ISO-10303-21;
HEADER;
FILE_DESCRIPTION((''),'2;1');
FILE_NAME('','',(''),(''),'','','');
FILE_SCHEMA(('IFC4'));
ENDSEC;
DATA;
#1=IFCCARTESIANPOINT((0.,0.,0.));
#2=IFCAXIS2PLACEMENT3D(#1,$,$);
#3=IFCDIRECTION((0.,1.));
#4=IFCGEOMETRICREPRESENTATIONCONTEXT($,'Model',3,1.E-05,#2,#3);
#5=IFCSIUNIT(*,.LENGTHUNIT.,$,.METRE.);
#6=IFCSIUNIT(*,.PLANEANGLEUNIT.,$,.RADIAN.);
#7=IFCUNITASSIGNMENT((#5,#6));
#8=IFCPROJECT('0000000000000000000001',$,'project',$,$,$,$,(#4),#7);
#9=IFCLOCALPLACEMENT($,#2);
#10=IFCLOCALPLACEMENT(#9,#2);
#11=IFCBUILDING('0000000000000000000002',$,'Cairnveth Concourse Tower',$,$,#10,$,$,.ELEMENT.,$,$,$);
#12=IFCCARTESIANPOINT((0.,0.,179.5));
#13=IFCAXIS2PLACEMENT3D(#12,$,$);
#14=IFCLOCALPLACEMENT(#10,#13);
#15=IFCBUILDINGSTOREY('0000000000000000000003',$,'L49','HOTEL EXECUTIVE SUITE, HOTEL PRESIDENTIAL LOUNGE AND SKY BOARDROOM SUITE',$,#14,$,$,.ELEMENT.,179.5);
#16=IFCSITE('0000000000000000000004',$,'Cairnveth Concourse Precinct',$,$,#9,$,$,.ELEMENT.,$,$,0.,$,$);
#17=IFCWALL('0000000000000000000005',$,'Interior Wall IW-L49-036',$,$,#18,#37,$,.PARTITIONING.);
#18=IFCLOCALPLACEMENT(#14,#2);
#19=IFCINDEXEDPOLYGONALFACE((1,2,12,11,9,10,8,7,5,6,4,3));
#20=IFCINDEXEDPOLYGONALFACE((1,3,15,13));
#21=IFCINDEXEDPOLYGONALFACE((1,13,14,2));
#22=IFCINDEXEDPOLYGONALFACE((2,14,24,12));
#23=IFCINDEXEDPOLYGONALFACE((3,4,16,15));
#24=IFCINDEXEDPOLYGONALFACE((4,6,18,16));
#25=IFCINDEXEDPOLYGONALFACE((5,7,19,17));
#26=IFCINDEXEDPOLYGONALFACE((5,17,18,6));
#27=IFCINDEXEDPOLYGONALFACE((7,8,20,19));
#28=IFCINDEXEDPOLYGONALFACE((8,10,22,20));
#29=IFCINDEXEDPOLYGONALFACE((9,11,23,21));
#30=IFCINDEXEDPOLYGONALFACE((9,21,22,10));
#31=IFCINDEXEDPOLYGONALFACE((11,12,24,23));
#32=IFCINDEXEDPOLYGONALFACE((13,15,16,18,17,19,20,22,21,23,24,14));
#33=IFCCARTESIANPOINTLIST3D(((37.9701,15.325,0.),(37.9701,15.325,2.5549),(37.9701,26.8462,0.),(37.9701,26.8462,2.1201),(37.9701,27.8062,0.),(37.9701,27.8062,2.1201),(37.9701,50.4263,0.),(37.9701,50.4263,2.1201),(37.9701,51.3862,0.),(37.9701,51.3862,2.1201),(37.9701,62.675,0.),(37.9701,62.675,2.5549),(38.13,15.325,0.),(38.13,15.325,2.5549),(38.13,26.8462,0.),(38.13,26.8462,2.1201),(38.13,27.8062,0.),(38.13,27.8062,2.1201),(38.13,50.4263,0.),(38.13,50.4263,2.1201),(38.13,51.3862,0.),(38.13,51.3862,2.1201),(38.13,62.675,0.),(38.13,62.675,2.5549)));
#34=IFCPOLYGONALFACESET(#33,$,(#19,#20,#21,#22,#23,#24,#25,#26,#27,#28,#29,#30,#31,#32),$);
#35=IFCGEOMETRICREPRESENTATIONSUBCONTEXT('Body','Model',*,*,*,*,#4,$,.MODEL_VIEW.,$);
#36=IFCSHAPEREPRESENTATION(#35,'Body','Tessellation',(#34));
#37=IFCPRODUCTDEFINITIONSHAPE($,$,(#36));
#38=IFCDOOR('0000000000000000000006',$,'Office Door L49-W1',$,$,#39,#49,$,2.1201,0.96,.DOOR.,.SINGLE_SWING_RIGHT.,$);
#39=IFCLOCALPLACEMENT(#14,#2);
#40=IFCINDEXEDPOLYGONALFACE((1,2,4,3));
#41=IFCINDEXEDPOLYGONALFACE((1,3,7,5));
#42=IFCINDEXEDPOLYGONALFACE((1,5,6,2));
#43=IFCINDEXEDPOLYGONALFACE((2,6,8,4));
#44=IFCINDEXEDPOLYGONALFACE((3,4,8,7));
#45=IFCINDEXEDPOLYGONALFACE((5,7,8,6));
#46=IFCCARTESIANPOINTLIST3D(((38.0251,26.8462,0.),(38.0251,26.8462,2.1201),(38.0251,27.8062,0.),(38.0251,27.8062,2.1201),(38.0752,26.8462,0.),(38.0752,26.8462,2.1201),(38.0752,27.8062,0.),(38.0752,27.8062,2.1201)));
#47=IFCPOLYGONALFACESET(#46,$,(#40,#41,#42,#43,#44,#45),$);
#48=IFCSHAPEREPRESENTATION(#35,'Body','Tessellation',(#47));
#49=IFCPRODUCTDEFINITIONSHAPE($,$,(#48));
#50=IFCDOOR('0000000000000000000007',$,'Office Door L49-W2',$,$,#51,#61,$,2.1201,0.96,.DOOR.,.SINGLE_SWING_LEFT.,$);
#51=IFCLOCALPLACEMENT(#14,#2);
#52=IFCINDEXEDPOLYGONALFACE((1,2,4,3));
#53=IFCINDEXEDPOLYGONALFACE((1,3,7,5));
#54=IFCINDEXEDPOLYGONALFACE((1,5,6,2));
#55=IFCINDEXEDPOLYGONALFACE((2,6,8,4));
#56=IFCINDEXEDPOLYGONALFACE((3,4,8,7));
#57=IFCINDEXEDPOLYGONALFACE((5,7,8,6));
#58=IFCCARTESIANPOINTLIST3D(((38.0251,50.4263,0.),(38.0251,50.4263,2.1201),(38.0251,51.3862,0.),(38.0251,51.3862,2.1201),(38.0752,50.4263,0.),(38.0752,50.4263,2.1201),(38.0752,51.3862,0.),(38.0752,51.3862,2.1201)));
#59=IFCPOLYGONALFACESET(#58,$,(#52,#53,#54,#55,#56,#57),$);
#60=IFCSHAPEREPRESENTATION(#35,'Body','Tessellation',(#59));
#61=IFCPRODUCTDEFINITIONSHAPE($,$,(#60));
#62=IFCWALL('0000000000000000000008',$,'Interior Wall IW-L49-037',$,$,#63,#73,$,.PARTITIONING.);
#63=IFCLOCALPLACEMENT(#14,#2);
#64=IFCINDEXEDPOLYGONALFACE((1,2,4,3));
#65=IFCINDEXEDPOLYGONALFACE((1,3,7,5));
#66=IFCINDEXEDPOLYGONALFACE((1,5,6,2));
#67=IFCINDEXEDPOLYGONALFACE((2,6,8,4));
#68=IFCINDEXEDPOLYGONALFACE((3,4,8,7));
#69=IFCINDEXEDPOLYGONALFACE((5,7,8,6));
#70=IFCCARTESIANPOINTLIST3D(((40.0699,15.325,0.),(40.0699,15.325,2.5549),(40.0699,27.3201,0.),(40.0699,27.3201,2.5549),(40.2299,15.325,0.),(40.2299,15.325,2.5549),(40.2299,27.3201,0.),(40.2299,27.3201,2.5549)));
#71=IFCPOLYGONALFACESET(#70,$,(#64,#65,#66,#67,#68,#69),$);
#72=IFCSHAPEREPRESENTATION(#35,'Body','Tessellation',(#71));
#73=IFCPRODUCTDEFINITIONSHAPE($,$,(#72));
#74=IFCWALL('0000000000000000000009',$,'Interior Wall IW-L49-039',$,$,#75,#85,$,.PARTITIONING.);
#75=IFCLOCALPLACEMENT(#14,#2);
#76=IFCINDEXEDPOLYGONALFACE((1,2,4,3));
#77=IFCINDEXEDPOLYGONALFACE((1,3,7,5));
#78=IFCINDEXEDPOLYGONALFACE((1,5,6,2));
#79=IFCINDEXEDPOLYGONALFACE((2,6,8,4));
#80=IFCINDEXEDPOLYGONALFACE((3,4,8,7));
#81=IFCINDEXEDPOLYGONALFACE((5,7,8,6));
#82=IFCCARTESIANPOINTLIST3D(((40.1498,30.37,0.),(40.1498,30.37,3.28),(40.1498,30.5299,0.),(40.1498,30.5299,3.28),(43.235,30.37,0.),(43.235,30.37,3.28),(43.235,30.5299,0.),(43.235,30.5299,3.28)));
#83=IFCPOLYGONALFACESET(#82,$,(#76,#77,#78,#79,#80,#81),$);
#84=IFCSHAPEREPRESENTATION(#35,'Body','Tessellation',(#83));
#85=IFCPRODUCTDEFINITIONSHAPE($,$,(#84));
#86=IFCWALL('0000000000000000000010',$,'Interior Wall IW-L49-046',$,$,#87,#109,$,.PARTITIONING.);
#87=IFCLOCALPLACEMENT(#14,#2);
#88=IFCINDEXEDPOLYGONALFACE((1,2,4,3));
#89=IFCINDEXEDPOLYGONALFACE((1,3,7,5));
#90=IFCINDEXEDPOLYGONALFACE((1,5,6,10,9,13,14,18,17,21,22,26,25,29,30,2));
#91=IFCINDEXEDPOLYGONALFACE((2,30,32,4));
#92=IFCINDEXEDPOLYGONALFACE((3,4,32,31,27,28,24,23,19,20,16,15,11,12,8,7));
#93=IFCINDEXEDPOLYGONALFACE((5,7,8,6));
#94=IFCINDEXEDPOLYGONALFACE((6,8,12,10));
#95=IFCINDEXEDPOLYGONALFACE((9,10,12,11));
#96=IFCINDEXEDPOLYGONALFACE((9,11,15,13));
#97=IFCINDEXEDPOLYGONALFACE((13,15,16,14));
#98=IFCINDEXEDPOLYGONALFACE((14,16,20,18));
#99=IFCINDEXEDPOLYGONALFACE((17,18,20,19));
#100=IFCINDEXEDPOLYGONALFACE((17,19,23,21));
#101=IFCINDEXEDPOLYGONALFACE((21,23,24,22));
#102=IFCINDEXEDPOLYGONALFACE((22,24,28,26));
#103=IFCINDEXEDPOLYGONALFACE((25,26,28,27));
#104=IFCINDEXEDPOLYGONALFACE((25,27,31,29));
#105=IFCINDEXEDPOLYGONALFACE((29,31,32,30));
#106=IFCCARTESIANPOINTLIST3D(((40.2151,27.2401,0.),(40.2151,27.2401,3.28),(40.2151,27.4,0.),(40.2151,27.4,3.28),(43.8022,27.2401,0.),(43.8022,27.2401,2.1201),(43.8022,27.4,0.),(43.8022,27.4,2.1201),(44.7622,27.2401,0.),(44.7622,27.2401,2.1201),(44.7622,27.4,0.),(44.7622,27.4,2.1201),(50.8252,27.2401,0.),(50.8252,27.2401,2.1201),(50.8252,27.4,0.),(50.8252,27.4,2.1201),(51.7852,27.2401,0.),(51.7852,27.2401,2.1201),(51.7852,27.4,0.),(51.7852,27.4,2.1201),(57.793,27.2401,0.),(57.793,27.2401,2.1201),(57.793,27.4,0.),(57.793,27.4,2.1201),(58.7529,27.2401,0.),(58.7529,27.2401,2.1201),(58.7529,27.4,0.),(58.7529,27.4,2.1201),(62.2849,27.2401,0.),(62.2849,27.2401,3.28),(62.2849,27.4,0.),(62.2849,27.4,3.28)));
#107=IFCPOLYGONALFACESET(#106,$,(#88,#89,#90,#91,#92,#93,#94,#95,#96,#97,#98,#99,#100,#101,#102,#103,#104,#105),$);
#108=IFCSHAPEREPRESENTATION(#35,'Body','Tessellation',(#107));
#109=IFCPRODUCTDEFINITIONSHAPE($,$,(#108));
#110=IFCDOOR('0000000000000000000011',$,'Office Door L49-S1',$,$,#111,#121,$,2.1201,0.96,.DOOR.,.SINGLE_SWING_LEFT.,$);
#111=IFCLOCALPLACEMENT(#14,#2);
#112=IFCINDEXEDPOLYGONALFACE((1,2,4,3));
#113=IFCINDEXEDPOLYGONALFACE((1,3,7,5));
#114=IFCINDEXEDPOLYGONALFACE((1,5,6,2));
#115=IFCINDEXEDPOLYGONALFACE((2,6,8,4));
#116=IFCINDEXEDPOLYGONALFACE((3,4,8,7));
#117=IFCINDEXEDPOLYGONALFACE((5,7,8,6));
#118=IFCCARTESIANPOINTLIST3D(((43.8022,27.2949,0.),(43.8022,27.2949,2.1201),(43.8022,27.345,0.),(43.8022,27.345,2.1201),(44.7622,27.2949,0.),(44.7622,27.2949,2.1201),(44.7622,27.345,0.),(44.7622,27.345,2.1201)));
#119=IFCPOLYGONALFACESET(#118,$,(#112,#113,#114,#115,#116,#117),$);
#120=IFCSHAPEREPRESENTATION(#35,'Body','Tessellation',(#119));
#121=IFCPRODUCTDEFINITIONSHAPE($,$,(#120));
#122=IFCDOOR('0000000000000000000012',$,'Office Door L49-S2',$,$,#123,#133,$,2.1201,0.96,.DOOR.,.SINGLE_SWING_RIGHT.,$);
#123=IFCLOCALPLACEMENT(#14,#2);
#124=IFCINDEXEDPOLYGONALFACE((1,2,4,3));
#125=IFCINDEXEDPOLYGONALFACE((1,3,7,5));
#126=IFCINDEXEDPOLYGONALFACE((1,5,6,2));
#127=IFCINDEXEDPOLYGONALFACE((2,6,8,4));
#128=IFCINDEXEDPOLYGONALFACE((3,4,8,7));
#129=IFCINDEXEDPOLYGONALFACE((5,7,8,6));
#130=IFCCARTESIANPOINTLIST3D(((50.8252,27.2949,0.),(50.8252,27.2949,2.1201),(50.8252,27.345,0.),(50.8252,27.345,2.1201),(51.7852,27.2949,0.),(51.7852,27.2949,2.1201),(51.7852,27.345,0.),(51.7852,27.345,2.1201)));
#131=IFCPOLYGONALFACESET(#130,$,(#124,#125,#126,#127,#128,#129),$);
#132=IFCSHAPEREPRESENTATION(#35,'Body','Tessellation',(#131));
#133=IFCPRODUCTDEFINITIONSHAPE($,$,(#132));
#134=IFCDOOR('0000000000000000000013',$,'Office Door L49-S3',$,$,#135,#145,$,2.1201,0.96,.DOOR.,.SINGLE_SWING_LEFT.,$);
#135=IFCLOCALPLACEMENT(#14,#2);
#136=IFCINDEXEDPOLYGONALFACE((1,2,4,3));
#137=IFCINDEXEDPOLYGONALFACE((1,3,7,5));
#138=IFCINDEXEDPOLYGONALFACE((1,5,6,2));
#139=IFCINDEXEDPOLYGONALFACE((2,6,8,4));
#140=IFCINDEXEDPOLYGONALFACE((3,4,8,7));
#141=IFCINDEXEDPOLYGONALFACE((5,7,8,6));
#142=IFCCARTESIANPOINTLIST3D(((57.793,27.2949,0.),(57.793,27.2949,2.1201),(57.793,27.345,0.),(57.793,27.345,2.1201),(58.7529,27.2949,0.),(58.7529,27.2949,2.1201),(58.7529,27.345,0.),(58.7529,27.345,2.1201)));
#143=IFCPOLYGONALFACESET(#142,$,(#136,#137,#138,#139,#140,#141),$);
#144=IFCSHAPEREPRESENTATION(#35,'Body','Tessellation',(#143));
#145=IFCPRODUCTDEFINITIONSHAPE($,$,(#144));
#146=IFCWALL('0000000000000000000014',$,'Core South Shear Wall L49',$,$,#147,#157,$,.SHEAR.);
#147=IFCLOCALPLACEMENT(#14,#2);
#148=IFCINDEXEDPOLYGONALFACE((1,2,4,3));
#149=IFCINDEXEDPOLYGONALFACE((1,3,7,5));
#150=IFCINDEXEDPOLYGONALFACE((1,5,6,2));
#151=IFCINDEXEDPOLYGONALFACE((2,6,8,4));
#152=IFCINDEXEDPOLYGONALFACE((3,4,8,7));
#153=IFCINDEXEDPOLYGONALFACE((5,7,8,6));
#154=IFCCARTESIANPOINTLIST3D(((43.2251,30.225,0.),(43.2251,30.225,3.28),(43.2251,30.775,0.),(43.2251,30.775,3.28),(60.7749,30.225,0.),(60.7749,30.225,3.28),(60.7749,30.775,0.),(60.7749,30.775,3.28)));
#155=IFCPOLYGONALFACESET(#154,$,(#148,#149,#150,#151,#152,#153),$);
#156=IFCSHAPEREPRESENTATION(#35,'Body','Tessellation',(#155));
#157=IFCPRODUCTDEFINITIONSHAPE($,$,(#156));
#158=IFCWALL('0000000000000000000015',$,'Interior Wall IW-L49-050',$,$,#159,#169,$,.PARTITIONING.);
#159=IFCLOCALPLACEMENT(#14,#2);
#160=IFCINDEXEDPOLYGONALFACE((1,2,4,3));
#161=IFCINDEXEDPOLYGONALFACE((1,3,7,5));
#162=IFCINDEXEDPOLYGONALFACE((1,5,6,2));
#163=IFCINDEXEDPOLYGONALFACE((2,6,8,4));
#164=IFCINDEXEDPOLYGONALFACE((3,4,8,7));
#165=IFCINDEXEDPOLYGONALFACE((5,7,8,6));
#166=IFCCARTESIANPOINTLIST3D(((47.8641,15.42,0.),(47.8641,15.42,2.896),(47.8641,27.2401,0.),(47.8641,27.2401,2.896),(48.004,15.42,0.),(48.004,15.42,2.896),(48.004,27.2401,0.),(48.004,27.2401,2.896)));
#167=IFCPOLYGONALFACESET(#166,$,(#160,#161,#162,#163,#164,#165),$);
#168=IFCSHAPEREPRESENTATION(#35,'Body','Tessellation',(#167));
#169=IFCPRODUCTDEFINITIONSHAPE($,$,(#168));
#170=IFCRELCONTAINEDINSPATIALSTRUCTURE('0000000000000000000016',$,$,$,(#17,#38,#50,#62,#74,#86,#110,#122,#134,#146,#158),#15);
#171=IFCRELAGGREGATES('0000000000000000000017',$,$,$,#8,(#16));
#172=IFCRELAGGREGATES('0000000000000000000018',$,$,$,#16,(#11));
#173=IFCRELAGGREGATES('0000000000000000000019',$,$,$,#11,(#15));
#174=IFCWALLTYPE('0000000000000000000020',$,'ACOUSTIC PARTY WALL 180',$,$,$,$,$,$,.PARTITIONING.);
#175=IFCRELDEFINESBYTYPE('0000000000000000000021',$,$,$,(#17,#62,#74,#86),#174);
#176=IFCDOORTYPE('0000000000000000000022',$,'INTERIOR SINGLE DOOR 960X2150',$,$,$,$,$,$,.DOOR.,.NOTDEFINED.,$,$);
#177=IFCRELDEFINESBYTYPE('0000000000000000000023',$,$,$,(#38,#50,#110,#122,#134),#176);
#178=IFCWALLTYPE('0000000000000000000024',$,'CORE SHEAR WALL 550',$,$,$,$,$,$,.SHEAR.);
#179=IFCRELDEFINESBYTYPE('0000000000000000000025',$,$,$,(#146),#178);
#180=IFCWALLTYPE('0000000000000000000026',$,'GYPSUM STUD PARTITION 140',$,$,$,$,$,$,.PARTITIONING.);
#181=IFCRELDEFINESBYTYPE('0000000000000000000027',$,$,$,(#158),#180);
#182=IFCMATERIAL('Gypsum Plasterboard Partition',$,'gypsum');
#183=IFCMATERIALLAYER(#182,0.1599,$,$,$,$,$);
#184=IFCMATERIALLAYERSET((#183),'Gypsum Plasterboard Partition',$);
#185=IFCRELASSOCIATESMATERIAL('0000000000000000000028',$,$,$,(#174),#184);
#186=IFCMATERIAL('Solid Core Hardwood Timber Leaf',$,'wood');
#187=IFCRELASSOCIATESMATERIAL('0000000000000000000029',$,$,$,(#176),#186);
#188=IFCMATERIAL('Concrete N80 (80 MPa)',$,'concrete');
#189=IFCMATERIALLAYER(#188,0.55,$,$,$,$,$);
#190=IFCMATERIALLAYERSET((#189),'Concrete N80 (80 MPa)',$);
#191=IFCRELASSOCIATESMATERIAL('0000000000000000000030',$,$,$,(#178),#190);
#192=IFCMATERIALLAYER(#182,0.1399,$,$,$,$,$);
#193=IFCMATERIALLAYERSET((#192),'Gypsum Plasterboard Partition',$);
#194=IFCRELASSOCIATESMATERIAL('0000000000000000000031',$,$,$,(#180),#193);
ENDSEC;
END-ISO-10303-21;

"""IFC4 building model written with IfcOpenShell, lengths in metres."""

from ifc_helpers import new_model, si_unit, direction, frame, frame_2d, origin, place, context, subcontext, project, spatial, rectangle, extrude, material, layer, layer_set, type_object, element, fill, save


model = new_model("IFC4")

# Units and contexts
model_context = context("Model", 3, precision=1e-05, world=origin(), true_north=direction((0.0, 1.0)))
body_context = subcontext(model_context, "Body", "Model", "MODEL_VIEW")
ifc_project = project(units=[si_unit("LENGTHUNIT", "METRE"), si_unit("PLANEANGLEUNIT", "RADIAN")], contexts=[model_context])

# Site, building, storey
site_placement = place(None, origin())
site = spatial("IfcSite", under=ifc_project, at=site_placement, Name="Cairnveth Concourse Precinct", CompositionType="ELEMENT", RefElevation=0.0)
building_placement = place(site_placement, origin())
building = spatial("IfcBuilding", under=site, at=building_placement, Name="Cairnveth Concourse Tower", CompositionType="ELEMENT")
storey_placement = place(building_placement, frame((0.0, 0.0, 179.5)))
storey = spatial("IfcBuildingStorey", under=building, at=storey_placement, Name="L49", Description="HOTEL EXECUTIVE SUITE, HOTEL PRESIDENTIAL LOUNGE AND SKY BOARDROOM SUITE", CompositionType="ELEMENT", Elevation=179.5)

# Wall, openings, doors
ifc_material_1 = material(Name="Gypsum Plasterboard Partition", Category="gypsum")
ifc_layer_1 = layer(ifc_material_1, 0.1599)
ifc_layer_set_1 = layer_set([ifc_layer_1], Name="Gypsum Plasterboard Partition")
wall_type_1 = type_object("IfcWallType", Name="ACOUSTIC PARTY WALL 180", PredefinedType="PARTITIONING", material=ifc_layer_set_1)
wall_1_placement = place(storey_placement, frame((38.05, 15.325, 0.0), z_axis=(0.0, 0.0, 1.0), x_axis=(0.0, 1.0, 0.0)))
wall_1 = element("IfcWall", 1, at=wall_1_placement, inside=storey, type_object=wall_type_1, Name="Interior Wall IW-L49-036", PredefinedType="PARTITIONING", context=body_context, shape_type="SweptSolid", body=[
    extrude(rectangle(XDim=47.3501, YDim=0.1599, at=frame_2d((23.675, 0.0))), origin(), (0.0, 0.0, 1.0), 2.5549),
])
opening_1_placement = place(wall_1_placement, frame((11.5212, 0.0, 0.0)))
opening_1 = element("IfcOpeningElement", 2, at=opening_1_placement, cuts=wall_1, PredefinedType="OPENING", context=body_context, shape_type="SweptSolid", body=[
    extrude(rectangle(XDim=0.96, YDim=2.1201, at=frame_2d((0.48, 1.0601))), frame((0.0, 0.0898, 0.0), z_axis=(0.0, -1.0, 0.0), x_axis=(1.0, 0.0, 0.0)), (0.0, 0.0, 1.0), 0.1799),
])
opening_2_placement = place(wall_1_placement, frame((35.1013, 0.0, 0.0)))
opening_2 = element("IfcOpeningElement", 3, at=opening_2_placement, cuts=wall_1, PredefinedType="OPENING", context=body_context, shape_type="SweptSolid", body=[
    extrude(rectangle(XDim=0.96, YDim=2.1201, at=frame_2d((0.48, 1.0601))), frame((0.0, 0.0898, 0.0), z_axis=(0.0, -1.0, 0.0), x_axis=(1.0, 0.0, 0.0)), (0.0, 0.0, 1.0), 0.1799),
])
ifc_material_2 = material(Name="Solid Core Hardwood Timber Leaf", Category="wood")
door_type = type_object("IfcDoorType", Name="INTERIOR SINGLE DOOR 960X2150", OperationType="NOTDEFINED", PredefinedType="DOOR", material=ifc_material_2)
door_1_placement = place(opening_1_placement, origin())
door_1 = element("IfcDoor", 4, at=door_1_placement, inside=storey, type_object=door_type, Name="Office Door L49-W1", OperationType="SINGLE_SWING_RIGHT", OverallHeight=2.1201, OverallWidth=0.96, PredefinedType="DOOR", context=body_context, shape_type="SweptSolid", body=[
    extrude(rectangle(XDim=0.96, YDim=2.1201, at=frame_2d((0.48, 1.0601))), frame((0.0, 0.0249, 0.0), z_axis=(0.0, -1.0, 0.0), x_axis=(1.0, 0.0, 0.0)), (0.0, 0.0, 1.0), 0.05),
])
fill(opening_1, door_1)
door_2_placement = place(opening_2_placement, origin())
door_2 = element("IfcDoor", 5, at=door_2_placement, inside=storey, type_object=door_type, Name="Office Door L49-W2", OperationType="SINGLE_SWING_LEFT", OverallHeight=2.1201, OverallWidth=0.96, PredefinedType="DOOR", context=body_context, shape_type="SweptSolid", body=[
    extrude(rectangle(XDim=0.96, YDim=2.1201, at=frame_2d((0.48, 1.0601))), frame((0.0, 0.0249, 0.0), z_axis=(0.0, -1.0, 0.0), x_axis=(1.0, 0.0, 0.0)), (0.0, 0.0, 1.0), 0.05),
])
fill(opening_2, door_2)

# Walls
wall_2_placement = place(storey_placement, frame((40.1499, 15.325, 0.0), z_axis=(0.0, 0.0, 1.0), x_axis=(0.0, 1.0, 0.0)))
element("IfcWall", 6, at=wall_2_placement, inside=storey, type_object=wall_type_1, Name="Interior Wall IW-L49-037", PredefinedType="PARTITIONING", context=body_context, shape_type="SweptSolid", body=[
    extrude(rectangle(XDim=11.9951, YDim=0.1599, at=frame_2d((5.9976, 0.0))), origin(), (0.0, 0.0, 1.0), 2.5549),
])
wall_3_placement = place(storey_placement, frame((40.1499, 30.45, 0.0), z_axis=(0.0, 0.0, 1.0), x_axis=(1.0, 0.0, 0.0)))
element("IfcWall", 7, at=wall_3_placement, inside=storey, type_object=wall_type_1, Name="Interior Wall IW-L49-039", PredefinedType="PARTITIONING", context=body_context, shape_type="SweptSolid", body=[
    extrude(rectangle(XDim=3.0852, YDim=0.1599, at=frame_2d((1.5425, 0.0))), origin(), (0.0, 0.0, 1.0), 3.28),
])

# Wall, openings, doors
wall_4_placement = place(storey_placement, frame((40.2151, 27.3201, 0.0), z_axis=(0.0, 0.0, 1.0), x_axis=(1.0, 0.0, 0.0)))
wall_4 = element("IfcWall", 8, at=wall_4_placement, inside=storey, type_object=wall_type_1, Name="Interior Wall IW-L49-046", PredefinedType="PARTITIONING", context=body_context, shape_type="SweptSolid", body=[
    extrude(rectangle(XDim=22.0698, YDim=0.1599, at=frame_2d((11.0349, 0.0))), origin(), (0.0, 0.0, 1.0), 3.28),
])
opening_3_placement = place(wall_4_placement, frame((3.5872, 0.0, 0.0)))
opening_3 = element("IfcOpeningElement", 9, at=opening_3_placement, cuts=wall_4, PredefinedType="OPENING", context=body_context, shape_type="SweptSolid", body=[
    extrude(rectangle(XDim=0.96, YDim=2.1201, at=frame_2d((0.48, 1.0601))), frame((0.0, 0.0898, 0.0), z_axis=(0.0, -1.0, 0.0), x_axis=(1.0, 0.0, 0.0)), (0.0, 0.0, 1.0), 0.1799),
])
opening_4_placement = place(wall_4_placement, frame((10.6101, 0.0, 0.0)))
opening_4 = element("IfcOpeningElement", 10, at=opening_4_placement, cuts=wall_4, PredefinedType="OPENING", context=body_context, shape_type="SweptSolid", body=[
    extrude(rectangle(XDim=0.96, YDim=2.1201, at=frame_2d((0.48, 1.0601))), frame((0.0, 0.0898, 0.0), z_axis=(0.0, -1.0, 0.0), x_axis=(1.0, 0.0, 0.0)), (0.0, 0.0, 1.0), 0.1799),
])
opening_5_placement = place(wall_4_placement, frame((17.5779, 0.0, 0.0)))
opening_5 = element("IfcOpeningElement", 11, at=opening_5_placement, cuts=wall_4, PredefinedType="OPENING", context=body_context, shape_type="SweptSolid", body=[
    extrude(rectangle(XDim=0.96, YDim=2.1201, at=frame_2d((0.48, 1.0601))), frame((0.0, 0.0898, 0.0), z_axis=(0.0, -1.0, 0.0), x_axis=(1.0, 0.0, 0.0)), (0.0, 0.0, 1.0), 0.1799),
])
door_3_placement = place(opening_3_placement, origin())
door_3 = element("IfcDoor", 12, at=door_3_placement, inside=storey, type_object=door_type, Name="Office Door L49-S1", OperationType="SINGLE_SWING_LEFT", OverallHeight=2.1201, OverallWidth=0.96, PredefinedType="DOOR", context=body_context, shape_type="SweptSolid", body=[
    extrude(rectangle(XDim=0.96, YDim=2.1201, at=frame_2d((0.48, 1.0601))), frame((0.0, 0.0249, 0.0), z_axis=(0.0, -1.0, 0.0), x_axis=(1.0, 0.0, 0.0)), (0.0, 0.0, 1.0), 0.05),
])
fill(opening_3, door_3)
door_4_placement = place(opening_4_placement, origin())
door_4 = element("IfcDoor", 13, at=door_4_placement, inside=storey, type_object=door_type, Name="Office Door L49-S2", OperationType="SINGLE_SWING_RIGHT", OverallHeight=2.1201, OverallWidth=0.96, PredefinedType="DOOR", context=body_context, shape_type="SweptSolid", body=[
    extrude(rectangle(XDim=0.96, YDim=2.1201, at=frame_2d((0.48, 1.0601))), frame((0.0, 0.0249, 0.0), z_axis=(0.0, -1.0, 0.0), x_axis=(1.0, 0.0, 0.0)), (0.0, 0.0, 1.0), 0.05),
])
fill(opening_4, door_4)
door_5_placement = place(opening_5_placement, origin())
door_5 = element("IfcDoor", 14, at=door_5_placement, inside=storey, type_object=door_type, Name="Office Door L49-S3", OperationType="SINGLE_SWING_LEFT", OverallHeight=2.1201, OverallWidth=0.96, PredefinedType="DOOR", context=body_context, shape_type="SweptSolid", body=[
    extrude(rectangle(XDim=0.96, YDim=2.1201, at=frame_2d((0.48, 1.0601))), frame((0.0, 0.0249, 0.0), z_axis=(0.0, -1.0, 0.0), x_axis=(1.0, 0.0, 0.0)), (0.0, 0.0, 1.0), 0.05),
])
fill(opening_5, door_5)

# Walls
ifc_material_3 = material(Name="Concrete N80 (80 MPa)", Category="concrete")
ifc_layer_2 = layer(ifc_material_3, 0.55)
ifc_layer_set_2 = layer_set([ifc_layer_2], Name="Concrete N80 (80 MPa)")
wall_type_2 = type_object("IfcWallType", Name="CORE SHEAR WALL 550", PredefinedType="SHEAR", material=ifc_layer_set_2)
wall_5_placement = place(storey_placement, frame((43.2251, 30.5, 0.0), z_axis=(0.0, 0.0, 1.0), x_axis=(1.0, 0.0, 0.0)))
element("IfcWall", 15, at=wall_5_placement, inside=storey, type_object=wall_type_2, Name="Core South Shear Wall L49", PredefinedType="SHEAR", context=body_context, shape_type="SweptSolid", body=[
    extrude(rectangle(XDim=17.5498, YDim=0.55, at=frame_2d((8.7749, 0.0))), origin(), (0.0, 0.0, 1.0), 3.28),
])
ifc_layer_3 = layer(ifc_material_1, 0.1399)
ifc_layer_set_3 = layer_set([ifc_layer_3], Name="Gypsum Plasterboard Partition")
wall_type_3 = type_object("IfcWallType", Name="GYPSUM STUD PARTITION 140", PredefinedType="PARTITIONING", material=ifc_layer_set_3)
wall_6_placement = place(storey_placement, frame((47.9341, 15.4199, 0.0), z_axis=(0.0, 0.0, 1.0), x_axis=(0.0, 1.0, 0.0)))
element("IfcWall", 16, at=wall_6_placement, inside=storey, type_object=wall_type_3, Name="Interior Wall IW-L49-050", PredefinedType="PARTITIONING", context=body_context, shape_type="SweptSolid", body=[
    extrude(rectangle(XDim=11.8201, YDim=0.1399, at=frame_2d((5.9102, 0.0))), origin(), (0.0, 0.0, 1.0), 2.896),
])

save(model, "model.ifc")
